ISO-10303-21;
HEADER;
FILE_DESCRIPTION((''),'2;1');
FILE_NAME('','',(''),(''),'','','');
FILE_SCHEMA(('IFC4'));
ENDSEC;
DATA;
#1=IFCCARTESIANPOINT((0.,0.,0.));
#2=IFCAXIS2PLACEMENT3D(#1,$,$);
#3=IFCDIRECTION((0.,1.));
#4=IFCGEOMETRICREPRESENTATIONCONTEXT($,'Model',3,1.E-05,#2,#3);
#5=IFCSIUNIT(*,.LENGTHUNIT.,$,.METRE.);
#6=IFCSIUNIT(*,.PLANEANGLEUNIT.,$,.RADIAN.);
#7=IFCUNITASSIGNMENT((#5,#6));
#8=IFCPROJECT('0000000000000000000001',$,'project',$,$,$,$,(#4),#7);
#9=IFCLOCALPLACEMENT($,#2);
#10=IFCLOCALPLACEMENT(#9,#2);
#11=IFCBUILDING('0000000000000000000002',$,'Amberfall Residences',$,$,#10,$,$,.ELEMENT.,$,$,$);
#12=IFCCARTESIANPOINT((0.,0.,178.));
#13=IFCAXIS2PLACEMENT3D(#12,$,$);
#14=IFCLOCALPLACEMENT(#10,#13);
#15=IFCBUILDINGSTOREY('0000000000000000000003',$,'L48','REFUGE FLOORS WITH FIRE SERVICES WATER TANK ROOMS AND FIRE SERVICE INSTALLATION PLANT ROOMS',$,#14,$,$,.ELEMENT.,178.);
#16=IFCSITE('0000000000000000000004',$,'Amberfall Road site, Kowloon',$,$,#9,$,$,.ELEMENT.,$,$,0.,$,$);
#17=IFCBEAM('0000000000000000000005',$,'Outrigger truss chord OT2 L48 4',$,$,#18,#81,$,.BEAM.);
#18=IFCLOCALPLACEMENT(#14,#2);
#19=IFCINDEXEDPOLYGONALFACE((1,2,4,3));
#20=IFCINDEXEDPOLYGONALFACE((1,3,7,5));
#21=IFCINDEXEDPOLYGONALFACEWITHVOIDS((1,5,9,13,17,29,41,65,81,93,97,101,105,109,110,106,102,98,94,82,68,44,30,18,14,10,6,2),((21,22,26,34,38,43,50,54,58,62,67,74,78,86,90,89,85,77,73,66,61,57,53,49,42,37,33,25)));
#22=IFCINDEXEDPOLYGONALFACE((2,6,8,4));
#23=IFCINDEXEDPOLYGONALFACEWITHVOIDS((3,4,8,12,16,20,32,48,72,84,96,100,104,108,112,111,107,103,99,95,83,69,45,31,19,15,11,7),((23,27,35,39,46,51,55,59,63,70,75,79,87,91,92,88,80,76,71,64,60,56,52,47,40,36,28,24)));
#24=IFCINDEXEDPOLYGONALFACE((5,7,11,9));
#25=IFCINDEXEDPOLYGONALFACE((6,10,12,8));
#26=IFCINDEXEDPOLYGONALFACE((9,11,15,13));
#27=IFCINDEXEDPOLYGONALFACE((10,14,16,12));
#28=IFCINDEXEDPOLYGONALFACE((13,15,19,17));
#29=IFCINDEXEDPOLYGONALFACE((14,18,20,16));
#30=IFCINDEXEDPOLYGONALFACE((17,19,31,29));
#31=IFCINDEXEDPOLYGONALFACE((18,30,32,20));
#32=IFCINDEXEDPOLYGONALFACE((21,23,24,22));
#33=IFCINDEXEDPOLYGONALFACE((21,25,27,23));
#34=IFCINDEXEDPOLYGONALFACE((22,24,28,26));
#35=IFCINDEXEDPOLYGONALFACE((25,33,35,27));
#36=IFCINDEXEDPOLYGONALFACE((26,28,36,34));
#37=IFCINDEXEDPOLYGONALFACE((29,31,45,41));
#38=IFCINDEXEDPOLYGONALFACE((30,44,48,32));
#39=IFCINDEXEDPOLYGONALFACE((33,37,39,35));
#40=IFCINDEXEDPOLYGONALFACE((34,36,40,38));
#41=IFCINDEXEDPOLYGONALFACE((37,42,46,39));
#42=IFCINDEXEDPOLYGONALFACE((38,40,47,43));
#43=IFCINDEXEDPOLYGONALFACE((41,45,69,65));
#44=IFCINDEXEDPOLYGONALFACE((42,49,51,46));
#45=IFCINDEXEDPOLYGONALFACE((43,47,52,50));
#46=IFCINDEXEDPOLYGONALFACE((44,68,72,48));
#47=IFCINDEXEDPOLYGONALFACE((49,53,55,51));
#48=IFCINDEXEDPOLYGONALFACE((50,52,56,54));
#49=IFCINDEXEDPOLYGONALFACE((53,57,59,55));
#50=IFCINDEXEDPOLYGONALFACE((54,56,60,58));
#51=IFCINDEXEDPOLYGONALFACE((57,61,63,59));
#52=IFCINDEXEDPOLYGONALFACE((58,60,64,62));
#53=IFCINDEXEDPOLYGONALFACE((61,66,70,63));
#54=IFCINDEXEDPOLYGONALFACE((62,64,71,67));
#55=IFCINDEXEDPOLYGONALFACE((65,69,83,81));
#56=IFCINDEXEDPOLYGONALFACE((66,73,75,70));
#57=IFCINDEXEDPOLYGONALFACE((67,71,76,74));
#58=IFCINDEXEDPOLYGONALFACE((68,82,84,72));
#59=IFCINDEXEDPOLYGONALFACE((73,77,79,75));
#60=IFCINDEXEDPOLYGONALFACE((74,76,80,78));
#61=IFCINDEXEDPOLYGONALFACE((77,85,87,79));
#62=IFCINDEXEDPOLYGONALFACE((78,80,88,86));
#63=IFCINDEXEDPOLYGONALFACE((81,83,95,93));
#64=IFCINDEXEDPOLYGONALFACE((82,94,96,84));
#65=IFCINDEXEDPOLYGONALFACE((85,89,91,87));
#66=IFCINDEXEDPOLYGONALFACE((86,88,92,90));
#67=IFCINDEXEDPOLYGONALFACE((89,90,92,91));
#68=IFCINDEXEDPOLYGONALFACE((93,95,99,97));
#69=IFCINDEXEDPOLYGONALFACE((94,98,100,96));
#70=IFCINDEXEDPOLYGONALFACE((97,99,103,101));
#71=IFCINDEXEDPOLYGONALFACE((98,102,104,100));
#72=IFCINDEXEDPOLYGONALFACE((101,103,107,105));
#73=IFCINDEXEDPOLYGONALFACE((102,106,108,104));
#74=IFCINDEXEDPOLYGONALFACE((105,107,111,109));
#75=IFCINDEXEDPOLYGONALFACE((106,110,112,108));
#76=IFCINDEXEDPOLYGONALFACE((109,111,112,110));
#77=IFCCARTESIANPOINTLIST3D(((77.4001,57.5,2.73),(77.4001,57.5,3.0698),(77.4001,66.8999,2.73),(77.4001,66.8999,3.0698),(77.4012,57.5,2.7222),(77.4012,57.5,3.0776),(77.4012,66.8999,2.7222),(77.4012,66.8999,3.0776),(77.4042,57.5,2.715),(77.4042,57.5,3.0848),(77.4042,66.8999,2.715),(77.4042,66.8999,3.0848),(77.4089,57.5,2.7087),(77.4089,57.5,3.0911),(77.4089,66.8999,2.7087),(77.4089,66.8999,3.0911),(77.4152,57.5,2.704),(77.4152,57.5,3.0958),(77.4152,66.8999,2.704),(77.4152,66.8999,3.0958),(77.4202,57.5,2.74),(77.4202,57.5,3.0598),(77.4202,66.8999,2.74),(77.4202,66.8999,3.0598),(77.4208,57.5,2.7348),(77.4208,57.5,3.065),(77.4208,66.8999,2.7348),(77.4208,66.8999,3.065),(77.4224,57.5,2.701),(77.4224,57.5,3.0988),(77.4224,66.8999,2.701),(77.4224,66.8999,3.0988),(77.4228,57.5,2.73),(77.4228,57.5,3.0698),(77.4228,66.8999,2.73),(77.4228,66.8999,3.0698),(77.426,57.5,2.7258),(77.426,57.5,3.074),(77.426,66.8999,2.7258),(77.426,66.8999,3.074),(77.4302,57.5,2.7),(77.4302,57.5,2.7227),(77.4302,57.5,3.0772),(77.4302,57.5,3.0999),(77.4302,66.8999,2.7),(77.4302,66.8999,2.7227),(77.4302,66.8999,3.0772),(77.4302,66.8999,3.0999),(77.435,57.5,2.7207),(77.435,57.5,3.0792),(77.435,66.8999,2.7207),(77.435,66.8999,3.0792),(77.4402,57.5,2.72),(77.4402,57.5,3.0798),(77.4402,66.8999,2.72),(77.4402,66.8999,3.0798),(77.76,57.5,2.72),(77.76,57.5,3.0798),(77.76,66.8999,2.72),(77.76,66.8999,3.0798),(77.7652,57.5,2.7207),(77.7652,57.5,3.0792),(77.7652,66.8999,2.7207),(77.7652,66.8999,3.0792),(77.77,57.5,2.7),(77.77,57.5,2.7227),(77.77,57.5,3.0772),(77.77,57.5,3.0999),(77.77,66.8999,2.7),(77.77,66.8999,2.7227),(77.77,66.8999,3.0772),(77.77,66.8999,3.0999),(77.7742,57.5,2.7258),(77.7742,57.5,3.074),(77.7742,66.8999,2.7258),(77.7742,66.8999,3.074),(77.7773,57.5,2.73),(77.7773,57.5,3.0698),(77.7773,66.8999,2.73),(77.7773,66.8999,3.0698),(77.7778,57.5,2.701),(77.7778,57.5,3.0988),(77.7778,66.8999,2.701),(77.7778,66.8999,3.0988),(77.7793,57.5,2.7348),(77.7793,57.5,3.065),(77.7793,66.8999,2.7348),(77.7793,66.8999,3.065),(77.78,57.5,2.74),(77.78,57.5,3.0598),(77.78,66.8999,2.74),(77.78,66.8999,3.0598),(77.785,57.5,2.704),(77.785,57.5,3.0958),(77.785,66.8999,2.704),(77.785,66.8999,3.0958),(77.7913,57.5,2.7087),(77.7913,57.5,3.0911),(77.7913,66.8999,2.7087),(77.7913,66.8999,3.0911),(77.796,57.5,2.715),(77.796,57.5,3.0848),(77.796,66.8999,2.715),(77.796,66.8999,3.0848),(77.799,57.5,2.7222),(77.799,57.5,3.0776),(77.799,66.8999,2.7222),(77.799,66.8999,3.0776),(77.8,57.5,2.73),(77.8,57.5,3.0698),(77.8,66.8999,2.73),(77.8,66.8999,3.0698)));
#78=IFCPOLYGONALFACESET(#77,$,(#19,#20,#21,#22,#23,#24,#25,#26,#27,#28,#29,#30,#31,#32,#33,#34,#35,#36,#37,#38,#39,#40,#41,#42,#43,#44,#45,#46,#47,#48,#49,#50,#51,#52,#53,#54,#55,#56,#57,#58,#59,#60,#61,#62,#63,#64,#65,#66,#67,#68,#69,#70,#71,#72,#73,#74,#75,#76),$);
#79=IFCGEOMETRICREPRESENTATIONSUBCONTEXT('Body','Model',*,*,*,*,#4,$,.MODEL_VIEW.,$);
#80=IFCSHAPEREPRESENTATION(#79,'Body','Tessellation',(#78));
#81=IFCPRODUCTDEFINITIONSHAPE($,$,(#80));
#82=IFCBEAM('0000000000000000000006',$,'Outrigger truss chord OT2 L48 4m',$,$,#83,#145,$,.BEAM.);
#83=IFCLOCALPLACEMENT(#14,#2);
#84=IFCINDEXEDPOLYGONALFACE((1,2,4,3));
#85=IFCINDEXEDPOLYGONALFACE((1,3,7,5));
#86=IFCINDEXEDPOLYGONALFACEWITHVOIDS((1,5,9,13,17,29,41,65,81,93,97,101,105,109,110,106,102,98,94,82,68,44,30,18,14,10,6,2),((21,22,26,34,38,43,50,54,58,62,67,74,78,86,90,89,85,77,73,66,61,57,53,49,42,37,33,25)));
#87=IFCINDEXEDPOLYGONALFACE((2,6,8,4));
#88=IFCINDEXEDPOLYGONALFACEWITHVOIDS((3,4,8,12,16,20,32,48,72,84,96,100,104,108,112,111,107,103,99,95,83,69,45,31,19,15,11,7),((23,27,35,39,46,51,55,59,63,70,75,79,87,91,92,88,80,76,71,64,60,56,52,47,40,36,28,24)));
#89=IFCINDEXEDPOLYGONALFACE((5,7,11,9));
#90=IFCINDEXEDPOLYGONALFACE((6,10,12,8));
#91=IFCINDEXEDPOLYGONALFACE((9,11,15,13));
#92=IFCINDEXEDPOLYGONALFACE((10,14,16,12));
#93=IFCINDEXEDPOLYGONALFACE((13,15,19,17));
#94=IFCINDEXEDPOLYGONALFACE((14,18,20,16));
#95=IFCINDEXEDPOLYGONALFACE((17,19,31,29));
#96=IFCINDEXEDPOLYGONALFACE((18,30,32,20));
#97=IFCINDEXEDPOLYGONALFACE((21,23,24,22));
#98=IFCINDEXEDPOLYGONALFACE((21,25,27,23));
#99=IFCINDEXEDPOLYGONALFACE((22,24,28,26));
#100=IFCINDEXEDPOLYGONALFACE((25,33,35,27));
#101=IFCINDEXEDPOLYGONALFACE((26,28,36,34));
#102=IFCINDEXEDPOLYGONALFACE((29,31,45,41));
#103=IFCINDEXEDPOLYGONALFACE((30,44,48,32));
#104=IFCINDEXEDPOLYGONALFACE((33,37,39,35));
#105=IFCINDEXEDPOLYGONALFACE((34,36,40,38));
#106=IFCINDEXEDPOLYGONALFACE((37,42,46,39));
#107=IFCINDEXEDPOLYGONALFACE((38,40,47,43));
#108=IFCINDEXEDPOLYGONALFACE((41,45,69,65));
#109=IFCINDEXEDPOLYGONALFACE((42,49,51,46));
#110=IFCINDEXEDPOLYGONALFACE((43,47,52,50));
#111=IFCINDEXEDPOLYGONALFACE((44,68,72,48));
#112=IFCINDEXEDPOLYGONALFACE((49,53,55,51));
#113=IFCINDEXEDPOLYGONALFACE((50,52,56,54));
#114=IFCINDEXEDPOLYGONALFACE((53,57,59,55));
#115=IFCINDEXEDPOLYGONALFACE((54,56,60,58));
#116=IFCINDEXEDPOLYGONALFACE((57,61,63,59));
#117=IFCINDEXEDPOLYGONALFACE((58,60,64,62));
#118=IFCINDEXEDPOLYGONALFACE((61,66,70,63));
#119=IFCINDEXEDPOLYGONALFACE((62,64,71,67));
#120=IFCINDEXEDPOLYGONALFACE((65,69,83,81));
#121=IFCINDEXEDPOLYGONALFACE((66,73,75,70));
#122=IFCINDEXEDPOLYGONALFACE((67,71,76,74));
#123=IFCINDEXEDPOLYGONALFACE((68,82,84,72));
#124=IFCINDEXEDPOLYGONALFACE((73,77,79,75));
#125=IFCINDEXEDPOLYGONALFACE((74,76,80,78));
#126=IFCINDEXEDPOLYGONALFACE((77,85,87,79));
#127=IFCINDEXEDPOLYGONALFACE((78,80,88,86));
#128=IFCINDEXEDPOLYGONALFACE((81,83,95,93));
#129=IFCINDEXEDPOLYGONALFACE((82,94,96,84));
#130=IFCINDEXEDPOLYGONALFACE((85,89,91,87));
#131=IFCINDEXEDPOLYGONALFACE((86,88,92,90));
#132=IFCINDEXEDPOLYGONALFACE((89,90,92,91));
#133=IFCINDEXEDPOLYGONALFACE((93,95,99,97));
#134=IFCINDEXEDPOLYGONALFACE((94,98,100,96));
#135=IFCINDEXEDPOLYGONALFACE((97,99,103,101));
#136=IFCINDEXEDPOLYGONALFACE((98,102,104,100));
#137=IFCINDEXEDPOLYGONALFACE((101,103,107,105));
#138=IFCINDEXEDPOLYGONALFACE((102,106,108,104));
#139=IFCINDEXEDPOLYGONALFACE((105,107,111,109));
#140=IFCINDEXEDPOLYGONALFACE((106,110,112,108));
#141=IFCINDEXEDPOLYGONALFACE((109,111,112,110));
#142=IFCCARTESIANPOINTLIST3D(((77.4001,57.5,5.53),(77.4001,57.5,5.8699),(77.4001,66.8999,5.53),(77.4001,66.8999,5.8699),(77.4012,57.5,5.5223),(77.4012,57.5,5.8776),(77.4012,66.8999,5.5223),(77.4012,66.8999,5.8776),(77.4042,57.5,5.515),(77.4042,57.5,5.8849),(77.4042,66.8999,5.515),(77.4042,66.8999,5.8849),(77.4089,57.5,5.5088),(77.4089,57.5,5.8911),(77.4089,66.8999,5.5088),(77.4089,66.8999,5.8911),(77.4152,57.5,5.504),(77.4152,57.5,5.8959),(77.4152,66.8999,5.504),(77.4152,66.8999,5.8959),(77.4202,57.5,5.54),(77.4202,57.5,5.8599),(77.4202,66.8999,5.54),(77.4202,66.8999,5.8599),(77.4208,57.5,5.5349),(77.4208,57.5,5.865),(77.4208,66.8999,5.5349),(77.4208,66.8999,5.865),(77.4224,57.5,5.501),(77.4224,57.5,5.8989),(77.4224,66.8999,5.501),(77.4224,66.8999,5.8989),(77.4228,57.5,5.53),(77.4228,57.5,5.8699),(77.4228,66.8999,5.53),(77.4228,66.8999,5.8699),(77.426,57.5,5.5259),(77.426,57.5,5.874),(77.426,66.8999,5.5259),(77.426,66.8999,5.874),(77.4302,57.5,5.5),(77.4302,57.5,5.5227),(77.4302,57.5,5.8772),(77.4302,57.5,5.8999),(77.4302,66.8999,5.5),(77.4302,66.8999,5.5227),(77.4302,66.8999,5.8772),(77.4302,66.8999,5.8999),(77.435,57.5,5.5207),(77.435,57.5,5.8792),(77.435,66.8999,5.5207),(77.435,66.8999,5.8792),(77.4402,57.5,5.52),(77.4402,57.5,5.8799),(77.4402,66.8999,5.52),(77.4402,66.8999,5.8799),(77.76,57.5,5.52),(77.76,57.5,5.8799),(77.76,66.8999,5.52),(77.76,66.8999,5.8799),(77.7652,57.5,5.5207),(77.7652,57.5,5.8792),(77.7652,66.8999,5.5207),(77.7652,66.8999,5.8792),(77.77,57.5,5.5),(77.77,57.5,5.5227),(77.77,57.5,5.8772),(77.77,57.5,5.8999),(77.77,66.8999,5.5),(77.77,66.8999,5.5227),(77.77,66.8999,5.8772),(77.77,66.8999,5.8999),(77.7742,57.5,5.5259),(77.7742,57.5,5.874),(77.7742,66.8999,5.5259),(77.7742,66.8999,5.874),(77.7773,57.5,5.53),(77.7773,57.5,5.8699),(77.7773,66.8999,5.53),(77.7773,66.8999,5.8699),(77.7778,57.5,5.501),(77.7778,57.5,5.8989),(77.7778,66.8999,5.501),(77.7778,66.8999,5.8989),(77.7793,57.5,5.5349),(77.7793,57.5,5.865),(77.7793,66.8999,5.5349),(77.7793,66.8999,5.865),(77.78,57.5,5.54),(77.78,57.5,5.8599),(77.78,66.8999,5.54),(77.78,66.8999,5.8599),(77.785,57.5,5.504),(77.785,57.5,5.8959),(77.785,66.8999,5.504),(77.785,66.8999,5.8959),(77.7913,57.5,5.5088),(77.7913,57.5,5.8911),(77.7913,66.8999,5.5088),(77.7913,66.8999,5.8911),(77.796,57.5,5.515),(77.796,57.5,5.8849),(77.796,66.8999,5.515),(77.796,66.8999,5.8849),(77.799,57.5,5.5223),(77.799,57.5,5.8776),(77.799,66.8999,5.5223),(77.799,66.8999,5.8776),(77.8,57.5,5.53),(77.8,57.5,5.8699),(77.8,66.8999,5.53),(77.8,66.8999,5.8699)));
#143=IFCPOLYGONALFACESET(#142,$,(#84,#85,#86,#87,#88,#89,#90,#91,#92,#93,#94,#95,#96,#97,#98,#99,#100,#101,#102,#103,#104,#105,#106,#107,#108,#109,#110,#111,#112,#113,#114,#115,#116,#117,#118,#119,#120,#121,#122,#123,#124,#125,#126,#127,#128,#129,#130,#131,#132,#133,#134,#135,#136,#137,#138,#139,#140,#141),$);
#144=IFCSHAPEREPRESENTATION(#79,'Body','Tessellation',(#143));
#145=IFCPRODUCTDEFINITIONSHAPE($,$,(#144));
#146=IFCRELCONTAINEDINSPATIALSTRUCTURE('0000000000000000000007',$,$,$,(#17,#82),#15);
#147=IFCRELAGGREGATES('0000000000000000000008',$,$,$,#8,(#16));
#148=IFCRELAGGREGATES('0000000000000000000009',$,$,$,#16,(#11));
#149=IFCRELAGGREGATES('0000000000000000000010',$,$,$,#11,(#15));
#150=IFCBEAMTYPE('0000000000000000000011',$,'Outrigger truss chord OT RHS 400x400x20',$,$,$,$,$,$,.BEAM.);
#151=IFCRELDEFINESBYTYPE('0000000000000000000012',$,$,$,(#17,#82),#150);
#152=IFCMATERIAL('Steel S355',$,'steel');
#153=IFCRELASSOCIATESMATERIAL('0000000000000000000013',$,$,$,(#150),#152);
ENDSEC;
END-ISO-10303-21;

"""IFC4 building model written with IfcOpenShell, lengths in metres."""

from ifc_helpers import new_model, si_unit, direction, frame, origin, origin_2d, place, context, subcontext, project, spatial, hollow_rectangle, extrude, material, material_profile, profile_set, type_object, element, save


model = new_model("IFC4")

# Units and contexts
model_context = context("Model", 3, precision=1e-05, world=origin(), true_north=direction((0.0, 1.0)))
body_context = subcontext(model_context, "Body", "Model", "MODEL_VIEW")
ifc_project = project(units=[si_unit("LENGTHUNIT", "METRE"), si_unit("PLANEANGLEUNIT", "RADIAN")], contexts=[model_context])

# Site, building, storey
site_placement = place(None, origin())
site = spatial("IfcSite", under=ifc_project, at=site_placement, Name="Amberfall Road site, Kowloon", CompositionType="ELEMENT", RefElevation=0.0)
building_placement = place(site_placement, origin())
building = spatial("IfcBuilding", under=site, at=building_placement, Name="Amberfall Residences", CompositionType="ELEMENT")
storey_placement = place(building_placement, frame((0.0, 0.0, 178.0)))
storey = spatial("IfcBuildingStorey", under=building, at=storey_placement, Name="L48", Description="REFUGE FLOORS WITH FIRE SERVICES WATER TANK ROOMS AND FIRE SERVICE INSTALLATION PLANT ROOMS", CompositionType="ELEMENT", Elevation=178.0)

# Beams
ifc_material_1 = material(Name="Steel S355", Category="steel")
ifc_material_profile_1 = material_profile(ifc_material_1, hollow_rectangle(XDim=0.3999, YDim=0.3999, WallThickness=0.02, InnerFilletRadius=0.02, OuterFilletRadius=0.03, at=origin_2d()), Name="RHS 400x400x20")
ifc_profile_set_1 = profile_set([ifc_material_profile_1], Name="Steel S355")
beam_type_1 = type_object("IfcBeamType", Name="Outrigger truss chord OT RHS 400x400x20", PredefinedType="BEAM", material=ifc_profile_set_1)
for number, where, z_axis, x_axis, name in (
    (1, (77.6001, 66.8999, 2.8999), (0.0, -1.0, 0.0), (1.0, 0.0, 0.0), "Outrigger truss chord OT2 L48 4"),
    (2, (77.6001, 66.8999, 5.7), (0.0, -1.0, 0.0), (1.0, 0.0, 0.0), "Outrigger truss chord OT2 L48 4m"),
):
    element("IfcBeam", number, at=place(storey_placement, frame(where, z_axis=z_axis, x_axis=x_axis)), inside=storey, type_object=beam_type_1, Name=name, PredefinedType="BEAM", context=body_context, shape_type="SweptSolid", body=[
        extrude(hollow_rectangle(XDim=0.3999, YDim=0.3999, WallThickness=0.02, InnerFilletRadius=0.02, OuterFilletRadius=0.03, at=origin_2d()), origin(), (0.0, 0.0, 1.0), 9.3999),
    ])

save(model, "model.ifc")
